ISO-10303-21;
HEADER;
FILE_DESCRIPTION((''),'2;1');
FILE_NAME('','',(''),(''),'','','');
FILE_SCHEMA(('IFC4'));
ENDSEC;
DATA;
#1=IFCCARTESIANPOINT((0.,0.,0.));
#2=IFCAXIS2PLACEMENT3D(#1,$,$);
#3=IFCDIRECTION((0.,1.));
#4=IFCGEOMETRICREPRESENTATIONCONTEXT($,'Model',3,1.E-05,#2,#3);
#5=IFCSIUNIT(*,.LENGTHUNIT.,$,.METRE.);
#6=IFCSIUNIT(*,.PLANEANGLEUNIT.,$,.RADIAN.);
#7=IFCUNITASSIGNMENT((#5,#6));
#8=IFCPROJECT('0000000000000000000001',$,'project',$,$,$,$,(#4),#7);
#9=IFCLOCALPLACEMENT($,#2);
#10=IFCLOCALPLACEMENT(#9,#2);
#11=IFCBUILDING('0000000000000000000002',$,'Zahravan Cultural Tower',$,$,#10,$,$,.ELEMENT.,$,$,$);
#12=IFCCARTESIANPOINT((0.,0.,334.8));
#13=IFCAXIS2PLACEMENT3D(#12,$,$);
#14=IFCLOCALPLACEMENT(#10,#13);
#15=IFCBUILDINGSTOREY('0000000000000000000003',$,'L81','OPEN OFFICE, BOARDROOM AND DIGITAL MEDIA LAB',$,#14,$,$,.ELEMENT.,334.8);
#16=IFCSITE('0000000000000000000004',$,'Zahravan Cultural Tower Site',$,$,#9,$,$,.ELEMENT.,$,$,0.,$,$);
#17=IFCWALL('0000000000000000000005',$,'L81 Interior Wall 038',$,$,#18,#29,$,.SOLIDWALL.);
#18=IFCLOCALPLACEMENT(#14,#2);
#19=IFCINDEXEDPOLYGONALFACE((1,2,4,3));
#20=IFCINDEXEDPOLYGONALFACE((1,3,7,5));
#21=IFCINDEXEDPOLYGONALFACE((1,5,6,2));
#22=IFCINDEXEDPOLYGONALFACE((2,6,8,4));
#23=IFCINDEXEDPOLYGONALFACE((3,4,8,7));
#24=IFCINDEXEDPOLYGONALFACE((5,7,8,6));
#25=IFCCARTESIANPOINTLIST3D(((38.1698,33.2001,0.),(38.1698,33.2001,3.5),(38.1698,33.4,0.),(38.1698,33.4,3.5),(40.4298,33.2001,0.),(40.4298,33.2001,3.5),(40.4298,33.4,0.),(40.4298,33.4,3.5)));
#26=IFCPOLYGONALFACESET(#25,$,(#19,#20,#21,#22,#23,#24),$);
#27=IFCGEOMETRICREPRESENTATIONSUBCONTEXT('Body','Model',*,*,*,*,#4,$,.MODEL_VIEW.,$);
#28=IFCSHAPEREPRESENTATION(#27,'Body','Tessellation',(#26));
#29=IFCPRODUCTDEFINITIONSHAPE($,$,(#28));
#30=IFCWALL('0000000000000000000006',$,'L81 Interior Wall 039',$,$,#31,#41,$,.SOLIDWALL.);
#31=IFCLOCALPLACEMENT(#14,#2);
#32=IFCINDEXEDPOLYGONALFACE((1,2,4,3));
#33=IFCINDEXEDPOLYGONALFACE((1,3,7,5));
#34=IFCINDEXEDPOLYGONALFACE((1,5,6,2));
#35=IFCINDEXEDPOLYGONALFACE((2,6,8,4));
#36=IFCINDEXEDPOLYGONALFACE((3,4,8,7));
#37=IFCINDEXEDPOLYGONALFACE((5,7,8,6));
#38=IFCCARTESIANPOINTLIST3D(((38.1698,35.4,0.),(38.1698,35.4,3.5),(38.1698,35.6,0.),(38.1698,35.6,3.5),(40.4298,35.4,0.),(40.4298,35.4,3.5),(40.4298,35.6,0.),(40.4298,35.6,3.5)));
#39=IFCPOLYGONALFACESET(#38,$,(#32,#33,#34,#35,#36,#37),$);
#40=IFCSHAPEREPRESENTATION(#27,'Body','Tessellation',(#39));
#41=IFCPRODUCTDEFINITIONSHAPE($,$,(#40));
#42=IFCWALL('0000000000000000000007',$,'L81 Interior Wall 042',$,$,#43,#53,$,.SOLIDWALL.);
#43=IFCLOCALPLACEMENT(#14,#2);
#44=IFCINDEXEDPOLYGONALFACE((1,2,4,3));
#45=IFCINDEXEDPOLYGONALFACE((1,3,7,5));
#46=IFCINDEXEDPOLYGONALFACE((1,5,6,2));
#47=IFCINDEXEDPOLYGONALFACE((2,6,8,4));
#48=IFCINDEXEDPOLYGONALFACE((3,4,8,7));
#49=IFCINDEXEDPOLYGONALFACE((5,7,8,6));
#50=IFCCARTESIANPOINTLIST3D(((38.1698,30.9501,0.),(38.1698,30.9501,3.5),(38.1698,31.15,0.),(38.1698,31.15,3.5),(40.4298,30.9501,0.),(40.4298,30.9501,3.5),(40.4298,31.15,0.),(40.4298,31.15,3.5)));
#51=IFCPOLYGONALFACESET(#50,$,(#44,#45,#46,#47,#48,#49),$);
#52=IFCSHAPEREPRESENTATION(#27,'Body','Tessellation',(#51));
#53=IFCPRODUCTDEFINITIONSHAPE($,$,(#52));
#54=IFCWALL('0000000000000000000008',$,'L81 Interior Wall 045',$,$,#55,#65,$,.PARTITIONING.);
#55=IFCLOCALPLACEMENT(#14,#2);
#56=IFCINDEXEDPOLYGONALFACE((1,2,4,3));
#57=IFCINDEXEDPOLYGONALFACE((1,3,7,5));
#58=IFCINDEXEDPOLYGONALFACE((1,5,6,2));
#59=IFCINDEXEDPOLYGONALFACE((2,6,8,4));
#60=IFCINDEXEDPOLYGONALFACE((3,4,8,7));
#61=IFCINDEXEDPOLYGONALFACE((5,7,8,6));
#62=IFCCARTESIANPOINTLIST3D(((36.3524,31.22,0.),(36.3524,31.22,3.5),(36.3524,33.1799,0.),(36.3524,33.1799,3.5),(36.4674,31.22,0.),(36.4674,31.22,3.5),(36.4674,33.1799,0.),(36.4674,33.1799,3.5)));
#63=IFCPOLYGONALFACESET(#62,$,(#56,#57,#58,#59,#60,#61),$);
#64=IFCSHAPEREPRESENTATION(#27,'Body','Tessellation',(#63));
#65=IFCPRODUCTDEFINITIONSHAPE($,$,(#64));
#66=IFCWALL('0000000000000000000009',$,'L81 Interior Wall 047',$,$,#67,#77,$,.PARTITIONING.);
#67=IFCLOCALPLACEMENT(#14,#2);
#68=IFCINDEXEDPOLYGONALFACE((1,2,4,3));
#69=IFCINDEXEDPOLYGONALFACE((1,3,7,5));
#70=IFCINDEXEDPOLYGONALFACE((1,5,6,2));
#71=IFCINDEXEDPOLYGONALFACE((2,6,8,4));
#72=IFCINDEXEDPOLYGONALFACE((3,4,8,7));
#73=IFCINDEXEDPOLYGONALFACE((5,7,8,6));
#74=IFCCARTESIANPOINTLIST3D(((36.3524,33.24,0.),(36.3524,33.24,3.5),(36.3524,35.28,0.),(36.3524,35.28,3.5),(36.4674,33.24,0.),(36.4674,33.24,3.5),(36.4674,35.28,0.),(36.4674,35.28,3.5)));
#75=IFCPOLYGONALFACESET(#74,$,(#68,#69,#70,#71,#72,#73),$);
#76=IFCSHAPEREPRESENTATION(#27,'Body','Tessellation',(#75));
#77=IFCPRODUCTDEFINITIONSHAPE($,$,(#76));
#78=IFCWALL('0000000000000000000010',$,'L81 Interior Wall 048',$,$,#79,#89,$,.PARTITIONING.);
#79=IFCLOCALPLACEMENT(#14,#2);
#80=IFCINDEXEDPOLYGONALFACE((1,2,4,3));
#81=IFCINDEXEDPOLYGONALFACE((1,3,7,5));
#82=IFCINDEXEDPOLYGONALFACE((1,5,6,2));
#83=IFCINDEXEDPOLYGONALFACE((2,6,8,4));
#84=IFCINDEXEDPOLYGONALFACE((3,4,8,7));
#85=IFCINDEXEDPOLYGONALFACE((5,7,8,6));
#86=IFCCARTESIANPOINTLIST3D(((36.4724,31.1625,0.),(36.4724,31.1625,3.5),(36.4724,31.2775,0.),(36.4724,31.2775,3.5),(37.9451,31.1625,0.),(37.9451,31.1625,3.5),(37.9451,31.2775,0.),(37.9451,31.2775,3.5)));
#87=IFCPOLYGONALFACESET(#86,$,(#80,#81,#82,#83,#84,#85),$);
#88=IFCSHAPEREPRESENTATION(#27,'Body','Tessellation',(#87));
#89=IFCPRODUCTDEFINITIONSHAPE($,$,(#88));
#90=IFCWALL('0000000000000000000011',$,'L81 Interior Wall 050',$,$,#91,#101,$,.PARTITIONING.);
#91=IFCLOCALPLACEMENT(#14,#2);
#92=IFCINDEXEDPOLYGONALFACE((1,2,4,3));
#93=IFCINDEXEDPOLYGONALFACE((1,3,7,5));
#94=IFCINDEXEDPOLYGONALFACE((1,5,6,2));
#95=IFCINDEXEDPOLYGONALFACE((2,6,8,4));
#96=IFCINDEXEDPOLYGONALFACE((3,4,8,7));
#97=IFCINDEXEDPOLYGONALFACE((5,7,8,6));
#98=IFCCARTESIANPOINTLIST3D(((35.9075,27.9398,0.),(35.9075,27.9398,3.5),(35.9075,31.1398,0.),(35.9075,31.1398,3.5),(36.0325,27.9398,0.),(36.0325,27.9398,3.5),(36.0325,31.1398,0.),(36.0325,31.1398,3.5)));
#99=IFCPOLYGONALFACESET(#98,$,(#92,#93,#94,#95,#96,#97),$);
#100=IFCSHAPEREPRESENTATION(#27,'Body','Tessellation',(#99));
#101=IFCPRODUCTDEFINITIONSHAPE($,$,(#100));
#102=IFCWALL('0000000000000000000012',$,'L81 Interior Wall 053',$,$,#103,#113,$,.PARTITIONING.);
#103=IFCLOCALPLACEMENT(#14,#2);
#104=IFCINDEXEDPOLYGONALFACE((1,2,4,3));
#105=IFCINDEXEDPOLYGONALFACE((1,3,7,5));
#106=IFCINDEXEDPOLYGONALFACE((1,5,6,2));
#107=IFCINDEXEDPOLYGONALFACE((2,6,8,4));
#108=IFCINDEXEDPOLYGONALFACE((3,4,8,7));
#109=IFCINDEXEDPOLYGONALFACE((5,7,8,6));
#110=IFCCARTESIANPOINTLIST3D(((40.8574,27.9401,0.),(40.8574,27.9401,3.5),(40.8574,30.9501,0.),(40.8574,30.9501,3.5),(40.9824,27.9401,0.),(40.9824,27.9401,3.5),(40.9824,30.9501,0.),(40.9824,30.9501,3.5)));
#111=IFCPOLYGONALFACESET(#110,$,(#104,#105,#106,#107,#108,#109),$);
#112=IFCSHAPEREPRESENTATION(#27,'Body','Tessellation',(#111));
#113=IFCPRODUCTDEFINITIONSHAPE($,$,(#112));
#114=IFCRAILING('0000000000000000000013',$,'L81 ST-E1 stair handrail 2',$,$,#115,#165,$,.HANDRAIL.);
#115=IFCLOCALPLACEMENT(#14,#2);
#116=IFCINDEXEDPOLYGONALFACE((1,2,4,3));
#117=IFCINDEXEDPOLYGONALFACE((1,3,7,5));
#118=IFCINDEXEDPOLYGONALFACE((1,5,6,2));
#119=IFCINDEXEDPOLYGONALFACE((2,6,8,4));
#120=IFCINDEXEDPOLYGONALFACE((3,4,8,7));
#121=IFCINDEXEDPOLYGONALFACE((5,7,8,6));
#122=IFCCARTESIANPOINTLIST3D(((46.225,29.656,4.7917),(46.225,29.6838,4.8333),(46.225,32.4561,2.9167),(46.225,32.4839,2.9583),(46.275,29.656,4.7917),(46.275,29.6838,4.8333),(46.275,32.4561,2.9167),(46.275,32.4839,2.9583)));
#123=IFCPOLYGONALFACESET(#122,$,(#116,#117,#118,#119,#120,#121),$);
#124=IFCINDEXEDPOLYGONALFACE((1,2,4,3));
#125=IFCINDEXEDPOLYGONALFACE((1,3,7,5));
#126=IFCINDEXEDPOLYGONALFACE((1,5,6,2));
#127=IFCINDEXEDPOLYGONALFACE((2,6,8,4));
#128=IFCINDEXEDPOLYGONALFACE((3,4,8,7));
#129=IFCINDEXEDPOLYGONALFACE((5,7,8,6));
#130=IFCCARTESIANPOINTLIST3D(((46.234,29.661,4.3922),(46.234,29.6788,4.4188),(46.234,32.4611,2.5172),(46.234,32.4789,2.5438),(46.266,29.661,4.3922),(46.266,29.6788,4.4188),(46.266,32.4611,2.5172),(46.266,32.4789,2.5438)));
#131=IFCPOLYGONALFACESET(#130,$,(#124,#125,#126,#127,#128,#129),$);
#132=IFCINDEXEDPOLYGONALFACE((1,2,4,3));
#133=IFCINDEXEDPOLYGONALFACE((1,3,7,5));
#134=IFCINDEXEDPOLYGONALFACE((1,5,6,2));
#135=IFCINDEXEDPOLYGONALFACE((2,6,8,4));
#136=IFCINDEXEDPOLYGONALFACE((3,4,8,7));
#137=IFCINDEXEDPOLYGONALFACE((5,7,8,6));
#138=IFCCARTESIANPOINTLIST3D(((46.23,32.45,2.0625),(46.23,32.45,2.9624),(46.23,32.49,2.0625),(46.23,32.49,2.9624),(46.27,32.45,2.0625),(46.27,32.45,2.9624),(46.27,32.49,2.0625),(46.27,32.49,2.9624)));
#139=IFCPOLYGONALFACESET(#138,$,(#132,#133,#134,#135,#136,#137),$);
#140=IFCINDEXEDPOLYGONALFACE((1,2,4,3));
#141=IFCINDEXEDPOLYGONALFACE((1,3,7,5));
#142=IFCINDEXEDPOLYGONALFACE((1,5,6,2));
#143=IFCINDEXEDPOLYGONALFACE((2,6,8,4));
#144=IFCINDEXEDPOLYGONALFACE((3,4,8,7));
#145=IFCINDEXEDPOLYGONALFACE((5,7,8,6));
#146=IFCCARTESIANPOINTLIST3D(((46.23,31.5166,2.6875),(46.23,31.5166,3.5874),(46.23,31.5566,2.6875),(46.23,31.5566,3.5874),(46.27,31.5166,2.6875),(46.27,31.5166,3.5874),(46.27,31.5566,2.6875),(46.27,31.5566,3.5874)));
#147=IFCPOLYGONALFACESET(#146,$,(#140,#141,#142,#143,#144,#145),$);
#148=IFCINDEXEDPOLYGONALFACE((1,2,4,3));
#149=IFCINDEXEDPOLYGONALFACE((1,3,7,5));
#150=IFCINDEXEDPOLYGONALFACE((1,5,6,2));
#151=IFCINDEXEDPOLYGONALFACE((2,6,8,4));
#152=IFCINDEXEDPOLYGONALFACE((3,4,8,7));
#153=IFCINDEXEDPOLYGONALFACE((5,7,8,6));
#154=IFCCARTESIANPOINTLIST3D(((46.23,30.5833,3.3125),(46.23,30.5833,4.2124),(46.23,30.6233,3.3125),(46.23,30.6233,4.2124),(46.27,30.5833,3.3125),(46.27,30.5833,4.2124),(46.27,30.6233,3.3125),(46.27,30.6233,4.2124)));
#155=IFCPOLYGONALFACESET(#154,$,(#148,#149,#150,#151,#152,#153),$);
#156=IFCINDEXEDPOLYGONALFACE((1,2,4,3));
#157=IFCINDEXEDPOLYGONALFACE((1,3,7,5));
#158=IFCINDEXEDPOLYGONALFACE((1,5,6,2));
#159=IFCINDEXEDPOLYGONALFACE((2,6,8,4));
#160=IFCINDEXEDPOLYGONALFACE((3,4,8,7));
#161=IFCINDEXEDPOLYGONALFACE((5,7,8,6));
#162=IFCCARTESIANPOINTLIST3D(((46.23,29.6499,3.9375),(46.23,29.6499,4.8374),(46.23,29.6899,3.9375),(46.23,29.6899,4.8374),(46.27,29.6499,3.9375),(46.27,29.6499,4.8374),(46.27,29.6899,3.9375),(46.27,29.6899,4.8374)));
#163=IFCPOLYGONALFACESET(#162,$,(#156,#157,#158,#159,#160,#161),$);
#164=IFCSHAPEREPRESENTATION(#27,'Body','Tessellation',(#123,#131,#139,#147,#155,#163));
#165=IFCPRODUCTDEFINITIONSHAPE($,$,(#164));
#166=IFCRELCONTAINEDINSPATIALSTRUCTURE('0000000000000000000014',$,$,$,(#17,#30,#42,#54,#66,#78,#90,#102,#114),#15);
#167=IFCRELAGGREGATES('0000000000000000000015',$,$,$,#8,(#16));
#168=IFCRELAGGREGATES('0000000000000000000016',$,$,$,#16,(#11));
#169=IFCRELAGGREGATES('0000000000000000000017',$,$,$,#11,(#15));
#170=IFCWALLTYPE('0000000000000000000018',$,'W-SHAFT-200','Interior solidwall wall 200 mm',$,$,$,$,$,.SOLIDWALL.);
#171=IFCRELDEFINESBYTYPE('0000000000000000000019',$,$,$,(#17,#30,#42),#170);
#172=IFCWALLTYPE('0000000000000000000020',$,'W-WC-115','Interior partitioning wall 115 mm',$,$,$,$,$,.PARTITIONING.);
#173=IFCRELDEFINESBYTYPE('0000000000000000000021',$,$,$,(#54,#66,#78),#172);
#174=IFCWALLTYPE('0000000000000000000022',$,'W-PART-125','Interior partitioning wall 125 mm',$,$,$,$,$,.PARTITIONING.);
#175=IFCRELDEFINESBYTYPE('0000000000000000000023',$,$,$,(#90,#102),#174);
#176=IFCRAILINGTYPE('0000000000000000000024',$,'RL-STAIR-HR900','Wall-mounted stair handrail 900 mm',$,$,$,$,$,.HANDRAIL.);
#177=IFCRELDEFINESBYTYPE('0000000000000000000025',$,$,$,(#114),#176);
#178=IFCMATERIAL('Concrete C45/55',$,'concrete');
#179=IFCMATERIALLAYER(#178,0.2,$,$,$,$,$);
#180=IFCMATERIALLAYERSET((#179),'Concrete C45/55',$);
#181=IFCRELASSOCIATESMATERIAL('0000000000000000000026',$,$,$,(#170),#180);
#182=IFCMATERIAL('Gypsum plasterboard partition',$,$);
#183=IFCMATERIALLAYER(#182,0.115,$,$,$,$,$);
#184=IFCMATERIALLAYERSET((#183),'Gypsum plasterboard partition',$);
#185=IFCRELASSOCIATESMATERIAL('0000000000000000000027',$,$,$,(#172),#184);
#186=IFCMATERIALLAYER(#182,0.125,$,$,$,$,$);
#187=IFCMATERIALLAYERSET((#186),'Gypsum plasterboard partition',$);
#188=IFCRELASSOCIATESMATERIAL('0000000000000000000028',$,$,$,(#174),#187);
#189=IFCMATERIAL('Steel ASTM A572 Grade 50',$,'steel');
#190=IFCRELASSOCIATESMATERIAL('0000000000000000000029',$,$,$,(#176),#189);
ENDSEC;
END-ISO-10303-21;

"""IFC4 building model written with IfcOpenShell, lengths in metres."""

from ifc_helpers import new_model, si_unit, direction, frame, frame_2d, origin, origin_2d, place, context, subcontext, project, spatial, rectangle, extrude, source, transform, mapped, material, layer, layer_set, type_object, element, save


model = new_model("IFC4")

# Units and contexts
model_context = context("Model", 3, precision=1e-05, world=origin(), true_north=direction((0.0, 1.0)))
body_context = subcontext(model_context, "Body", "Model", "MODEL_VIEW")
ifc_project = project(units=[si_unit("LENGTHUNIT", "METRE"), si_unit("PLANEANGLEUNIT", "RADIAN")], contexts=[model_context])

# Site, building, storey
site_placement = place(None, origin())
site = spatial("IfcSite", under=ifc_project, at=site_placement, Name="Zahravan Cultural Tower Site", CompositionType="ELEMENT", RefElevation=0.0)
building_placement = place(site_placement, origin())
building = spatial("IfcBuilding", under=site, at=building_placement, Name="Zahravan Cultural Tower", CompositionType="ELEMENT")
storey_placement = place(building_placement, frame((0.0, 0.0, 334.8)))
storey = spatial("IfcBuildingStorey", under=building, at=storey_placement, Name="L81", Description="OPEN OFFICE, BOARDROOM AND DIGITAL MEDIA LAB", CompositionType="ELEMENT", Elevation=334.8)

# Shared definitions
ifc_material_1 = material(Name="Concrete C45/55", Category="concrete")
ifc_layer_1 = layer(ifc_material_1, 0.2)
ifc_layer_set_1 = layer_set([ifc_layer_1], Name="Concrete C45/55")
wall_type_1 = type_object("IfcWallType", Name="W-SHAFT-200", Description="Interior solidwall wall 200 mm", PredefinedType="SOLIDWALL", material=ifc_layer_set_1)
ifc_material_2 = material(Name="Steel ASTM A572 Grade 50", Category="steel")
ifc_material_3 = material(Name="Gypsum plasterboard partition")
ifc_layer_2 = layer(ifc_material_3, 0.115)
ifc_layer_set_2 = layer_set([ifc_layer_2], Name="Gypsum plasterboard partition")
wall_type_2 = type_object("IfcWallType", Name="W-WC-115", Description="Interior partitioning wall 115 mm", PredefinedType="PARTITIONING", material=ifc_layer_set_2)

# Walls
shared_shape_1 = source(origin(), body_context, "Body", "SweptSolid", [
    extrude(rectangle(XDim=2.26, YDim=0.2, at=frame_2d((1.1299, 0.0))), origin(), (0.0, 0.0, 1.0), 3.5),
])
for number, where, z_axis, x_axis, name in (
    (1, (38.1699, 33.3, 0.0), (0.0, 0.0, 1.0), (1.0, 0.0, 0.0), "L81 Interior Wall 038"),
    (2, (38.1699, 35.5, 0.0), (0.0, 0.0, 1.0), (1.0, 0.0, 0.0), "L81 Interior Wall 039"),
    (3, (38.1699, 31.05, 0.0), (0.0, 0.0, 1.0), (1.0, 0.0, 0.0), "L81 Interior Wall 042"),
):
    element("IfcWall", number, at=place(storey_placement, frame(where, z_axis=z_axis, x_axis=x_axis)), inside=storey, type_object=wall_type_1, Name=name, PredefinedType="SOLIDWALL", context=body_context, shape_type="MappedRepresentation", body=[
        mapped(shared_shape_1, transform((0.0, 0.0, 0.0), x_axis=(1.0, 0.0, 0.0), y_axis=(0.0, 1.0, 0.0), z_axis=(0.0, 0.0, 1.0), scale=1.0)),
    ])
shared_shape_2 = source(origin(), body_context, "Body", "SweptSolid", [
    extrude(rectangle(XDim=1.96, YDim=0.115, at=frame_2d((0.98, 0.0))), origin(), (0.0, 0.0, 1.0), 3.5),
])
wall_1_placement = place(storey_placement, frame((36.4099, 33.1799, 0.0), z_axis=(0.0, 0.0, 1.0), x_axis=(0.0, -1.0, 0.0)))
element("IfcWall", 4, at=wall_1_placement, inside=storey, type_object=wall_type_2, Name="L81 Interior Wall 045", PredefinedType="PARTITIONING", context=body_context, shape_type="MappedRepresentation", body=[
    mapped(shared_shape_2, transform((0.0, 0.0, 0.0), x_axis=(1.0, 0.0, 0.0), y_axis=(0.0, 1.0, 0.0), z_axis=(0.0, 0.0, 1.0), scale=1.0)),
])
shared_shape_3 = source(origin(), body_context, "Body", "SweptSolid", [
    extrude(rectangle(XDim=2.04, YDim=0.115, at=frame_2d((1.02, 0.0))), origin(), (0.0, 0.0, 1.0), 3.5),
])
wall_2_placement = place(storey_placement, frame((36.4099, 35.28, 0.0), z_axis=(0.0, 0.0, 1.0), x_axis=(0.0, -1.0, 0.0)))
element("IfcWall", 5, at=wall_2_placement, inside=storey, type_object=wall_type_2, Name="L81 Interior Wall 047", PredefinedType="PARTITIONING", context=body_context, shape_type="MappedRepresentation", body=[
    mapped(shared_shape_3, transform((0.0, 0.0, 0.0), x_axis=(1.0, 0.0, 0.0), y_axis=(0.0, 1.0, 0.0), z_axis=(0.0, 0.0, 1.0), scale=1.0)),
])
shared_shape_4 = source(origin(), body_context, "Body", "SweptSolid", [
    extrude(rectangle(XDim=1.4727, YDim=0.115, at=frame_2d((0.7363, 0.0))), origin(), (0.0, 0.0, 1.0), 3.5),
])
wall_3_placement = place(storey_placement, frame((37.9451, 31.22, 0.0), z_axis=(0.0, 0.0, 1.0), x_axis=(-1.0, 0.0, 0.0)))
element("IfcWall", 6, at=wall_3_placement, inside=storey, type_object=wall_type_2, Name="L81 Interior Wall 048", PredefinedType="PARTITIONING", context=body_context, shape_type="MappedRepresentation", body=[
    mapped(shared_shape_4, transform((0.0, 0.0, 0.0), x_axis=(1.0, 0.0, 0.0), y_axis=(0.0, 1.0, 0.0), z_axis=(0.0, 0.0, 1.0), scale=1.0)),
])
ifc_layer_3 = layer(ifc_material_3, 0.125)
ifc_layer_set_3 = layer_set([ifc_layer_3], Name="Gypsum plasterboard partition")
wall_type_3 = type_object("IfcWallType", Name="W-PART-125", Description="Interior partitioning wall 125 mm", PredefinedType="PARTITIONING", material=ifc_layer_set_3)
shared_shape_5 = source(origin(), body_context, "Body", "SweptSolid", [
    extrude(rectangle(XDim=3.2, YDim=0.125, at=frame_2d((1.6001, 0.0))), origin(), (0.0, 0.0, 1.0), 3.5),
])
wall_4_placement = place(storey_placement, frame((35.97, 31.1399, 0.0), z_axis=(0.0, 0.0, 1.0), x_axis=(0.0, -1.0, 0.0)))
element("IfcWall", 7, at=wall_4_placement, inside=storey, type_object=wall_type_3, Name="L81 Interior Wall 050", PredefinedType="PARTITIONING", context=body_context, shape_type="MappedRepresentation", body=[
    mapped(shared_shape_5, transform((0.0, 0.0, 0.0), x_axis=(1.0, 0.0, 0.0), y_axis=(0.0, 1.0, 0.0), z_axis=(0.0, 0.0, 1.0), scale=1.0)),
])
shared_shape_6 = source(origin(), body_context, "Body", "SweptSolid", [
    extrude(rectangle(XDim=3.01, YDim=0.125, at=frame_2d((1.5049, 0.0))), origin(), (0.0, 0.0, 1.0), 3.5),
])
wall_5_placement = place(storey_placement, frame((40.9199, 30.95, 0.0), z_axis=(0.0, 0.0, 1.0), x_axis=(0.0, -1.0, 0.0)))
element("IfcWall", 8, at=wall_5_placement, inside=storey, type_object=wall_type_3, Name="L81 Interior Wall 053", PredefinedType="PARTITIONING", context=body_context, shape_type="MappedRepresentation", body=[
    mapped(shared_shape_6, transform((0.0, 0.0, 0.0), x_axis=(1.0, 0.0, 0.0), y_axis=(0.0, 1.0, 0.0), z_axis=(0.0, 0.0, 1.0), scale=1.0)),
])

# Railing
railing_type = type_object("IfcRailingType", Name="RL-STAIR-HR900", Description="Wall-mounted stair handrail 900 mm", PredefinedType="HANDRAIL", material=ifc_material_2)
railing_placement = place(storey_placement, frame((46.25, 32.47, 2.0625)))
element("IfcRailing", 9, at=railing_placement, inside=storey, type_object=railing_type, Name="L81 ST-E1 stair handrail 2", PredefinedType="HANDRAIL", context=body_context, shape_type="SweptSolid", body=[
    extrude(rectangle(XDim=0.05, YDim=0.05, at=origin_2d()), frame((0.0, 0.0, 0.875), z_axis=(0.0, -0.830912, 0.556404), x_axis=(1.0, 0.0, 0.0)), (0.0, 0.0, 1.0), 3.3699),
    extrude(rectangle(XDim=0.032, YDim=0.032, at=origin_2d()), frame((0.0, 0.0, 0.468), z_axis=(0.0, -0.830912, 0.556404), x_axis=(1.0, 0.0, 0.0)), (0.0, 0.0, 1.0), 3.3699),
    extrude(rectangle(XDim=0.04, YDim=0.04, at=origin_2d()), origin(), (0.0, 0.0, 1.0), 0.8999),
    extrude(rectangle(XDim=0.04, YDim=0.04, at=origin_2d()), frame((0.0, -0.9333, 0.625)), (0.0, 0.0, 1.0), 0.8999),
    extrude(rectangle(XDim=0.04, YDim=0.04, at=origin_2d()), frame((0.0, -1.8667, 1.25)), (0.0, 0.0, 1.0), 0.8999),
    extrude(rectangle(XDim=0.04, YDim=0.04, at=origin_2d()), frame((0.0, -2.8, 1.875)), (0.0, 0.0, 1.0), 0.8999),
])

save(model, "model.ifc")
